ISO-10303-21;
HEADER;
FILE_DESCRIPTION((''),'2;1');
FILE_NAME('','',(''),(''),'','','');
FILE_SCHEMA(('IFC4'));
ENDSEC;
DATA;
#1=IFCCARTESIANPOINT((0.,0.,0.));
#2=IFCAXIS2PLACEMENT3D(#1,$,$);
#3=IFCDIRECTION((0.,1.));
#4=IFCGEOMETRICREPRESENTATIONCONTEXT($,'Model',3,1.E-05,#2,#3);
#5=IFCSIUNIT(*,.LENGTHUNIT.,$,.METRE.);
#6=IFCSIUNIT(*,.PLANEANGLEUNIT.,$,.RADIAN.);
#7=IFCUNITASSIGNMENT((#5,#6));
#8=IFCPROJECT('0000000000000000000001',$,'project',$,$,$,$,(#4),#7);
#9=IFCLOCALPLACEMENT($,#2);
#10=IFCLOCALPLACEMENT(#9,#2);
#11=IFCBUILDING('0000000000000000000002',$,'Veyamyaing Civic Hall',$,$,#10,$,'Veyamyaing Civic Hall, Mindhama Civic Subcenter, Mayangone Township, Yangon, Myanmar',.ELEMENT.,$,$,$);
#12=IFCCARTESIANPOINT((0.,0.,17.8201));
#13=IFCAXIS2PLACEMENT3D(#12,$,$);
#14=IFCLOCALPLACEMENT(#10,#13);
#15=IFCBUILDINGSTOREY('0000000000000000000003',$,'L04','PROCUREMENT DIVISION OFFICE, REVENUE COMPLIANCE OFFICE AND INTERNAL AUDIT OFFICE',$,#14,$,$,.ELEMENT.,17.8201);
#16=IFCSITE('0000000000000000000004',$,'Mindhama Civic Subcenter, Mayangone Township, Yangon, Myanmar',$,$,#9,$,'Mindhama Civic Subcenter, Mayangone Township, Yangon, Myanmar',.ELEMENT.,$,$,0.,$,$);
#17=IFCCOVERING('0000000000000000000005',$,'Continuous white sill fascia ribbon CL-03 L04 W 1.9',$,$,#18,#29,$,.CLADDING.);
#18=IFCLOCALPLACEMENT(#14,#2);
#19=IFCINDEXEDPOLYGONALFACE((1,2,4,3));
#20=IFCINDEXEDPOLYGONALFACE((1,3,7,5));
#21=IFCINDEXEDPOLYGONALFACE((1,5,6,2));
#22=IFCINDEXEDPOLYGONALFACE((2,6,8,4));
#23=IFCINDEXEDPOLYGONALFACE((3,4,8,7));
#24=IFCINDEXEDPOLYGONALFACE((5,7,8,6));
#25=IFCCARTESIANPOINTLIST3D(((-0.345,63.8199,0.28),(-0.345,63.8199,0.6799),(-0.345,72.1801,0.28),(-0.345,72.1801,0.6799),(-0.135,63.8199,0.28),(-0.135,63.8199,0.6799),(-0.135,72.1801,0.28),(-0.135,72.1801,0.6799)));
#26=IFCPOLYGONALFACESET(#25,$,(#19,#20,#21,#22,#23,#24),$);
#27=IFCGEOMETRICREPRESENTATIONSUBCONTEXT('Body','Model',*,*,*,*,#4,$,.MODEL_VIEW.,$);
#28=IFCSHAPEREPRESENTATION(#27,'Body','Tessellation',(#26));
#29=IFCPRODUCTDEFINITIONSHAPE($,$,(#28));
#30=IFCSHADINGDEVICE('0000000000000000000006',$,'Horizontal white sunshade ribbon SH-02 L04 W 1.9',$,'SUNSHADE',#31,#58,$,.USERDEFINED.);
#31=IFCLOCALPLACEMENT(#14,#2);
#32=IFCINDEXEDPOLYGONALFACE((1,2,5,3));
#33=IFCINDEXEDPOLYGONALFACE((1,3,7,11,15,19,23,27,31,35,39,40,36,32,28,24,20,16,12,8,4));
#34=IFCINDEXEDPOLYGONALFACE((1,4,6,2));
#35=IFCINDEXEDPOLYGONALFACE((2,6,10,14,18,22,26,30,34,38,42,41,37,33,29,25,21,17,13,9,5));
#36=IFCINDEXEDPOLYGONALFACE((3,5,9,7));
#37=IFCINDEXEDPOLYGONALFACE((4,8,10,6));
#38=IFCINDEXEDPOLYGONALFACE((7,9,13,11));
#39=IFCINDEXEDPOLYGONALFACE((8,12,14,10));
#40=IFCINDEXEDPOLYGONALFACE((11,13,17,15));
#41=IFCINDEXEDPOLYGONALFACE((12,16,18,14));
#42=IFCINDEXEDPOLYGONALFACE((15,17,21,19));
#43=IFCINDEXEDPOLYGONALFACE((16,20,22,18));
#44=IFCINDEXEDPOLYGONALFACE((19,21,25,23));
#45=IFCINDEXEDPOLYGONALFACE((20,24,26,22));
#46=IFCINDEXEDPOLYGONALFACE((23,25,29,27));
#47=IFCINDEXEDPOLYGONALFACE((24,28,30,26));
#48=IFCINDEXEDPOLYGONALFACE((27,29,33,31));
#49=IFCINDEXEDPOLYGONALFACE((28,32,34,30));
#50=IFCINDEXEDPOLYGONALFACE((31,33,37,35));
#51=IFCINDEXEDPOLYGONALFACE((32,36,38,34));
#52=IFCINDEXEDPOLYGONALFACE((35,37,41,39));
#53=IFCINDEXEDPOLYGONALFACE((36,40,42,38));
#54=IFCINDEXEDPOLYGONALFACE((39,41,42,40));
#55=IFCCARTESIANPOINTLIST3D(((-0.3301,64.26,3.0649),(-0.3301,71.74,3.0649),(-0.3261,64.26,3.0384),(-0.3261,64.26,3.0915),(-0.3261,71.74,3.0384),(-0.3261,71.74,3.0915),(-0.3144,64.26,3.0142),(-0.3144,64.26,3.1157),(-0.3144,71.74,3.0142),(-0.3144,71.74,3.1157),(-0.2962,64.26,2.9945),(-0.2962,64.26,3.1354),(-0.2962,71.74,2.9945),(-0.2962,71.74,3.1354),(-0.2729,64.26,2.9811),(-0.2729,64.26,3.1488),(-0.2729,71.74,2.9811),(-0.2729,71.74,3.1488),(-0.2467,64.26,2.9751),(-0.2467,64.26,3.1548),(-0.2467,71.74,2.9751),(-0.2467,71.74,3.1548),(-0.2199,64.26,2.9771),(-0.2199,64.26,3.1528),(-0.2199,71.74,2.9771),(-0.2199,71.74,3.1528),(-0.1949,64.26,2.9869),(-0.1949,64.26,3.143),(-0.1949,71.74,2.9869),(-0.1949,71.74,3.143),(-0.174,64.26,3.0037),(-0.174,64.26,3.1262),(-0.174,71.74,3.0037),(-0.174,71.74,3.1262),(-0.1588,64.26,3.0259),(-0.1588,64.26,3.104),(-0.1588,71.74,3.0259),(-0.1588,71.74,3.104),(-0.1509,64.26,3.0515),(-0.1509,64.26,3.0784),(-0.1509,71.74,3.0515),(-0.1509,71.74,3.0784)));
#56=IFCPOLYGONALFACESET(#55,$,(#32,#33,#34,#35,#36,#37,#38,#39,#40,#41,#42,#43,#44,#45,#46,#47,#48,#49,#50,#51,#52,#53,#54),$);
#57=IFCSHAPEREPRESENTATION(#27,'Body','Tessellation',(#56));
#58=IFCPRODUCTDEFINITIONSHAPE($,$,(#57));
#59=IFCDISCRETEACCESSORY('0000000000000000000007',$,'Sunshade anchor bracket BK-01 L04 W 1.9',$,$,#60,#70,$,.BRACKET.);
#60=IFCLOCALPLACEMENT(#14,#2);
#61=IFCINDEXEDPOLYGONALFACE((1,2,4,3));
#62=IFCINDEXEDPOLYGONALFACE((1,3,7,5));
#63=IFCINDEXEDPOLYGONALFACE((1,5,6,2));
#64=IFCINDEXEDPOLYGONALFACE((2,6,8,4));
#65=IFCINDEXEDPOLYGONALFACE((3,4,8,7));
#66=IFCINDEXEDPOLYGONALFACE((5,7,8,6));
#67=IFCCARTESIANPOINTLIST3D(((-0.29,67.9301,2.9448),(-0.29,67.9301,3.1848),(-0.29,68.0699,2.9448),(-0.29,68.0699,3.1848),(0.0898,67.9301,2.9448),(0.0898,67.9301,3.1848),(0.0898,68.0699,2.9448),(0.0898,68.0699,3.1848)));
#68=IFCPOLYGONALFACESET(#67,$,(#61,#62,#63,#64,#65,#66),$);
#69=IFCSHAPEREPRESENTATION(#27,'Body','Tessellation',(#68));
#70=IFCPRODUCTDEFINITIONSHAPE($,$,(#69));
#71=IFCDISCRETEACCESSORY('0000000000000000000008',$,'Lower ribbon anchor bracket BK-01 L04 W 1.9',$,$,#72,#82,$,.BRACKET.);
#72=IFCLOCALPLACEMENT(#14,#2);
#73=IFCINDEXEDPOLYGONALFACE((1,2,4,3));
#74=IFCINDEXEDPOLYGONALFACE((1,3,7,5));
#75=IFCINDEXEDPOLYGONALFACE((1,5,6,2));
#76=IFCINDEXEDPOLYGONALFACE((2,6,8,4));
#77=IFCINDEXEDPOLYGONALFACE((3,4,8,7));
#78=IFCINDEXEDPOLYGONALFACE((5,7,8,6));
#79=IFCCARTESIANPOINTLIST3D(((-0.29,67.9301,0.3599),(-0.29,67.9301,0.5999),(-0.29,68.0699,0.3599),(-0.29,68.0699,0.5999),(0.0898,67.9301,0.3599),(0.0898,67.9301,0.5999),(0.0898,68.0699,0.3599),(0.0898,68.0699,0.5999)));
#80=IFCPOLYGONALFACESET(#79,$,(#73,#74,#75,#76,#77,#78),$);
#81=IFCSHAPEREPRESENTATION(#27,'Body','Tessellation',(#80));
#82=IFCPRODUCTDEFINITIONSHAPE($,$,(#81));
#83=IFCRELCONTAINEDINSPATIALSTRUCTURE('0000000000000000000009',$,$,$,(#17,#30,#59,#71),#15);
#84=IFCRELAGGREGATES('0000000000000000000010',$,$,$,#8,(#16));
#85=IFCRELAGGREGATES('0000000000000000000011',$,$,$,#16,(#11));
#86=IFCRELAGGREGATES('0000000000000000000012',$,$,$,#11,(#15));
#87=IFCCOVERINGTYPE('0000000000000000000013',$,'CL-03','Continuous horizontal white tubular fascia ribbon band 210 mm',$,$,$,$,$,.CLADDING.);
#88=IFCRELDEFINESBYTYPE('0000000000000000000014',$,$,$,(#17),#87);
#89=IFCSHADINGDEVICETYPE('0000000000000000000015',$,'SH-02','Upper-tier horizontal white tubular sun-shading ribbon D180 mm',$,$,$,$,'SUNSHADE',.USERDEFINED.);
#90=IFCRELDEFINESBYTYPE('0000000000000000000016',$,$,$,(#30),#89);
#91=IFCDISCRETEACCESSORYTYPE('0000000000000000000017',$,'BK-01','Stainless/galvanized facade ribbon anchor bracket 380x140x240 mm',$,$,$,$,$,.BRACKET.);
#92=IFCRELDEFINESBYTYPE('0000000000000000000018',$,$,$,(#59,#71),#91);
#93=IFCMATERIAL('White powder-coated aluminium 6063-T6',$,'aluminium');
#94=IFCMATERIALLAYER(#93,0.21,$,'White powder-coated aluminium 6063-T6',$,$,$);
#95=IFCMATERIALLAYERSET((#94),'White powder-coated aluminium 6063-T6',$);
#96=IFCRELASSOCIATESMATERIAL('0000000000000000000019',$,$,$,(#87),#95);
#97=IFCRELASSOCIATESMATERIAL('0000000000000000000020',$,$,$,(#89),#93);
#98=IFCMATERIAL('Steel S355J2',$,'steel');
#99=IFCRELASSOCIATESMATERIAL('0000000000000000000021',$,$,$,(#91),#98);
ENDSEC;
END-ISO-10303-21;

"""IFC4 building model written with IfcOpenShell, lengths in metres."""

from ifc_helpers import new_model, si_unit, direction, frame, origin, origin_2d, place, context, subcontext, project, spatial, rectangle, circle, extrude, material, layer, layer_set, material_profile, profile_set, type_object, element, save


model = new_model("IFC4")

# Units and contexts
model_context = context("Model", 3, precision=1e-05, world=origin(), true_north=direction((0.0, 1.0)))
body_context = subcontext(model_context, "Body", "Model", "MODEL_VIEW")
ifc_project = project(units=[si_unit("LENGTHUNIT", "METRE"), si_unit("PLANEANGLEUNIT", "RADIAN")], contexts=[model_context])

# Site, building, storey
site_placement = place(None, origin())
site = spatial("IfcSite", under=ifc_project, at=site_placement, Name="Mindhama Civic Subcenter, Mayangone Township, Yangon, Myanmar", LongName="Mindhama Civic Subcenter, Mayangone Township, Yangon, Myanmar", CompositionType="ELEMENT", RefElevation=0.0)
building_placement = place(site_placement, origin())
building = spatial("IfcBuilding", under=site, at=building_placement, Name="Veyamyaing Civic Hall", LongName="Veyamyaing Civic Hall, Mindhama Civic Subcenter, Mayangone Township, Yangon, Myanmar", CompositionType="ELEMENT")
storey_placement = place(building_placement, frame((0.0, 0.0, 17.8201)))
storey = spatial("IfcBuildingStorey", under=building, at=storey_placement, Name="L04", Description="PROCUREMENT DIVISION OFFICE, REVENUE COMPLIANCE OFFICE AND INTERNAL AUDIT OFFICE", CompositionType="ELEMENT", Elevation=17.8201)

# Covering
ifc_material_1 = material(Name="White powder-coated aluminium 6063-T6", Category="aluminium")
ifc_layer_1 = layer(ifc_material_1, 0.21, Name="White powder-coated aluminium 6063-T6")
ifc_layer_set_1 = layer_set([ifc_layer_1], Name="White powder-coated aluminium 6063-T6")
covering_type_1 = type_object("IfcCoveringType", Name="CL-03", Description="Continuous horizontal white tubular fascia ribbon band 210 mm", PredefinedType="CLADDING", material=ifc_layer_set_1)
for number, where, z_axis, x_axis, name in (
    (1, (-0.24, 68.0, 0.28), (0.0, 0.0, 1.0), (0.0, 1.0, 0.0), "Continuous white sill fascia ribbon CL-03 L04 W 1.9"),
):
    element("IfcCovering", number, at=place(storey_placement, frame(where, z_axis=z_axis, x_axis=x_axis)), inside=storey, type_object=covering_type_1, Name=name, PredefinedType="CLADDING", context=body_context, shape_type="SweptSolid", body=[
        extrude(rectangle(XDim=8.3601, YDim=0.21, at=origin_2d()), origin(), (0.0, 0.0, 1.0), 0.3999),
    ])

# Shading device
ifc_material_profile_1 = material_profile(ifc_material_1, circle(Radius=0.0901, at=origin_2d()), Name="SHADE-TUBE-180")
ifc_profile_set_1 = profile_set([ifc_material_profile_1], Name="White powder-coated aluminium 6063-T6")
shading_device_type = type_object("IfcShadingDeviceType", Name="SH-02", Description="Upper-tier horizontal white tubular sun-shading ribbon D180 mm", ElementType="SUNSHADE", PredefinedType="USERDEFINED", material=ifc_profile_set_1)
shading_device_placement = place(storey_placement, frame((-0.24, 64.26, 3.0649), z_axis=(0.0, 1.0, 0.0), x_axis=(-1.0, 0.0, 0.0)))
element("IfcShadingDevice", 2, at=shading_device_placement, inside=storey, type_object=shading_device_type, Name="Horizontal white sunshade ribbon SH-02 L04 W 1.9", ObjectType="SUNSHADE", PredefinedType="USERDEFINED", context=body_context, shape_type="SweptSolid", body=[
    extrude(circle(Radius=0.0901, at=origin_2d()), origin(), (0.0, 0.0, 1.0), 7.48),
])

# Discrete accessories
ifc_material_2 = material(Name="Steel S355J2", Category="steel")
discrete_accessory_type = type_object("IfcDiscreteAccessoryType", Name="BK-01", Description="Stainless/galvanized facade ribbon anchor bracket 380x140x240 mm", PredefinedType="BRACKET", material=ifc_material_2)
for number, where, z_axis, x_axis, name in (
    (3, (-0.1001, 68.0, 2.9448), (0.0, 0.0, 1.0), (-1.0, 0.0, 0.0), "Sunshade anchor bracket BK-01 L04 W 1.9"),
    (4, (-0.1001, 68.0, 0.3599), (0.0, 0.0, 1.0), (-1.0, 0.0, 0.0), "Lower ribbon anchor bracket BK-01 L04 W 1.9"),
):
    element("IfcDiscreteAccessory", number, at=place(storey_placement, frame(where, z_axis=z_axis, x_axis=x_axis)), inside=storey, type_object=discrete_accessory_type, Name=name, PredefinedType="BRACKET", context=body_context, shape_type="SweptSolid", body=[
        extrude(rectangle(XDim=0.3799, YDim=0.1399, at=origin_2d()), origin(), (0.0, 0.0, 1.0), 0.24),
    ])

save(model, "model.ifc")
